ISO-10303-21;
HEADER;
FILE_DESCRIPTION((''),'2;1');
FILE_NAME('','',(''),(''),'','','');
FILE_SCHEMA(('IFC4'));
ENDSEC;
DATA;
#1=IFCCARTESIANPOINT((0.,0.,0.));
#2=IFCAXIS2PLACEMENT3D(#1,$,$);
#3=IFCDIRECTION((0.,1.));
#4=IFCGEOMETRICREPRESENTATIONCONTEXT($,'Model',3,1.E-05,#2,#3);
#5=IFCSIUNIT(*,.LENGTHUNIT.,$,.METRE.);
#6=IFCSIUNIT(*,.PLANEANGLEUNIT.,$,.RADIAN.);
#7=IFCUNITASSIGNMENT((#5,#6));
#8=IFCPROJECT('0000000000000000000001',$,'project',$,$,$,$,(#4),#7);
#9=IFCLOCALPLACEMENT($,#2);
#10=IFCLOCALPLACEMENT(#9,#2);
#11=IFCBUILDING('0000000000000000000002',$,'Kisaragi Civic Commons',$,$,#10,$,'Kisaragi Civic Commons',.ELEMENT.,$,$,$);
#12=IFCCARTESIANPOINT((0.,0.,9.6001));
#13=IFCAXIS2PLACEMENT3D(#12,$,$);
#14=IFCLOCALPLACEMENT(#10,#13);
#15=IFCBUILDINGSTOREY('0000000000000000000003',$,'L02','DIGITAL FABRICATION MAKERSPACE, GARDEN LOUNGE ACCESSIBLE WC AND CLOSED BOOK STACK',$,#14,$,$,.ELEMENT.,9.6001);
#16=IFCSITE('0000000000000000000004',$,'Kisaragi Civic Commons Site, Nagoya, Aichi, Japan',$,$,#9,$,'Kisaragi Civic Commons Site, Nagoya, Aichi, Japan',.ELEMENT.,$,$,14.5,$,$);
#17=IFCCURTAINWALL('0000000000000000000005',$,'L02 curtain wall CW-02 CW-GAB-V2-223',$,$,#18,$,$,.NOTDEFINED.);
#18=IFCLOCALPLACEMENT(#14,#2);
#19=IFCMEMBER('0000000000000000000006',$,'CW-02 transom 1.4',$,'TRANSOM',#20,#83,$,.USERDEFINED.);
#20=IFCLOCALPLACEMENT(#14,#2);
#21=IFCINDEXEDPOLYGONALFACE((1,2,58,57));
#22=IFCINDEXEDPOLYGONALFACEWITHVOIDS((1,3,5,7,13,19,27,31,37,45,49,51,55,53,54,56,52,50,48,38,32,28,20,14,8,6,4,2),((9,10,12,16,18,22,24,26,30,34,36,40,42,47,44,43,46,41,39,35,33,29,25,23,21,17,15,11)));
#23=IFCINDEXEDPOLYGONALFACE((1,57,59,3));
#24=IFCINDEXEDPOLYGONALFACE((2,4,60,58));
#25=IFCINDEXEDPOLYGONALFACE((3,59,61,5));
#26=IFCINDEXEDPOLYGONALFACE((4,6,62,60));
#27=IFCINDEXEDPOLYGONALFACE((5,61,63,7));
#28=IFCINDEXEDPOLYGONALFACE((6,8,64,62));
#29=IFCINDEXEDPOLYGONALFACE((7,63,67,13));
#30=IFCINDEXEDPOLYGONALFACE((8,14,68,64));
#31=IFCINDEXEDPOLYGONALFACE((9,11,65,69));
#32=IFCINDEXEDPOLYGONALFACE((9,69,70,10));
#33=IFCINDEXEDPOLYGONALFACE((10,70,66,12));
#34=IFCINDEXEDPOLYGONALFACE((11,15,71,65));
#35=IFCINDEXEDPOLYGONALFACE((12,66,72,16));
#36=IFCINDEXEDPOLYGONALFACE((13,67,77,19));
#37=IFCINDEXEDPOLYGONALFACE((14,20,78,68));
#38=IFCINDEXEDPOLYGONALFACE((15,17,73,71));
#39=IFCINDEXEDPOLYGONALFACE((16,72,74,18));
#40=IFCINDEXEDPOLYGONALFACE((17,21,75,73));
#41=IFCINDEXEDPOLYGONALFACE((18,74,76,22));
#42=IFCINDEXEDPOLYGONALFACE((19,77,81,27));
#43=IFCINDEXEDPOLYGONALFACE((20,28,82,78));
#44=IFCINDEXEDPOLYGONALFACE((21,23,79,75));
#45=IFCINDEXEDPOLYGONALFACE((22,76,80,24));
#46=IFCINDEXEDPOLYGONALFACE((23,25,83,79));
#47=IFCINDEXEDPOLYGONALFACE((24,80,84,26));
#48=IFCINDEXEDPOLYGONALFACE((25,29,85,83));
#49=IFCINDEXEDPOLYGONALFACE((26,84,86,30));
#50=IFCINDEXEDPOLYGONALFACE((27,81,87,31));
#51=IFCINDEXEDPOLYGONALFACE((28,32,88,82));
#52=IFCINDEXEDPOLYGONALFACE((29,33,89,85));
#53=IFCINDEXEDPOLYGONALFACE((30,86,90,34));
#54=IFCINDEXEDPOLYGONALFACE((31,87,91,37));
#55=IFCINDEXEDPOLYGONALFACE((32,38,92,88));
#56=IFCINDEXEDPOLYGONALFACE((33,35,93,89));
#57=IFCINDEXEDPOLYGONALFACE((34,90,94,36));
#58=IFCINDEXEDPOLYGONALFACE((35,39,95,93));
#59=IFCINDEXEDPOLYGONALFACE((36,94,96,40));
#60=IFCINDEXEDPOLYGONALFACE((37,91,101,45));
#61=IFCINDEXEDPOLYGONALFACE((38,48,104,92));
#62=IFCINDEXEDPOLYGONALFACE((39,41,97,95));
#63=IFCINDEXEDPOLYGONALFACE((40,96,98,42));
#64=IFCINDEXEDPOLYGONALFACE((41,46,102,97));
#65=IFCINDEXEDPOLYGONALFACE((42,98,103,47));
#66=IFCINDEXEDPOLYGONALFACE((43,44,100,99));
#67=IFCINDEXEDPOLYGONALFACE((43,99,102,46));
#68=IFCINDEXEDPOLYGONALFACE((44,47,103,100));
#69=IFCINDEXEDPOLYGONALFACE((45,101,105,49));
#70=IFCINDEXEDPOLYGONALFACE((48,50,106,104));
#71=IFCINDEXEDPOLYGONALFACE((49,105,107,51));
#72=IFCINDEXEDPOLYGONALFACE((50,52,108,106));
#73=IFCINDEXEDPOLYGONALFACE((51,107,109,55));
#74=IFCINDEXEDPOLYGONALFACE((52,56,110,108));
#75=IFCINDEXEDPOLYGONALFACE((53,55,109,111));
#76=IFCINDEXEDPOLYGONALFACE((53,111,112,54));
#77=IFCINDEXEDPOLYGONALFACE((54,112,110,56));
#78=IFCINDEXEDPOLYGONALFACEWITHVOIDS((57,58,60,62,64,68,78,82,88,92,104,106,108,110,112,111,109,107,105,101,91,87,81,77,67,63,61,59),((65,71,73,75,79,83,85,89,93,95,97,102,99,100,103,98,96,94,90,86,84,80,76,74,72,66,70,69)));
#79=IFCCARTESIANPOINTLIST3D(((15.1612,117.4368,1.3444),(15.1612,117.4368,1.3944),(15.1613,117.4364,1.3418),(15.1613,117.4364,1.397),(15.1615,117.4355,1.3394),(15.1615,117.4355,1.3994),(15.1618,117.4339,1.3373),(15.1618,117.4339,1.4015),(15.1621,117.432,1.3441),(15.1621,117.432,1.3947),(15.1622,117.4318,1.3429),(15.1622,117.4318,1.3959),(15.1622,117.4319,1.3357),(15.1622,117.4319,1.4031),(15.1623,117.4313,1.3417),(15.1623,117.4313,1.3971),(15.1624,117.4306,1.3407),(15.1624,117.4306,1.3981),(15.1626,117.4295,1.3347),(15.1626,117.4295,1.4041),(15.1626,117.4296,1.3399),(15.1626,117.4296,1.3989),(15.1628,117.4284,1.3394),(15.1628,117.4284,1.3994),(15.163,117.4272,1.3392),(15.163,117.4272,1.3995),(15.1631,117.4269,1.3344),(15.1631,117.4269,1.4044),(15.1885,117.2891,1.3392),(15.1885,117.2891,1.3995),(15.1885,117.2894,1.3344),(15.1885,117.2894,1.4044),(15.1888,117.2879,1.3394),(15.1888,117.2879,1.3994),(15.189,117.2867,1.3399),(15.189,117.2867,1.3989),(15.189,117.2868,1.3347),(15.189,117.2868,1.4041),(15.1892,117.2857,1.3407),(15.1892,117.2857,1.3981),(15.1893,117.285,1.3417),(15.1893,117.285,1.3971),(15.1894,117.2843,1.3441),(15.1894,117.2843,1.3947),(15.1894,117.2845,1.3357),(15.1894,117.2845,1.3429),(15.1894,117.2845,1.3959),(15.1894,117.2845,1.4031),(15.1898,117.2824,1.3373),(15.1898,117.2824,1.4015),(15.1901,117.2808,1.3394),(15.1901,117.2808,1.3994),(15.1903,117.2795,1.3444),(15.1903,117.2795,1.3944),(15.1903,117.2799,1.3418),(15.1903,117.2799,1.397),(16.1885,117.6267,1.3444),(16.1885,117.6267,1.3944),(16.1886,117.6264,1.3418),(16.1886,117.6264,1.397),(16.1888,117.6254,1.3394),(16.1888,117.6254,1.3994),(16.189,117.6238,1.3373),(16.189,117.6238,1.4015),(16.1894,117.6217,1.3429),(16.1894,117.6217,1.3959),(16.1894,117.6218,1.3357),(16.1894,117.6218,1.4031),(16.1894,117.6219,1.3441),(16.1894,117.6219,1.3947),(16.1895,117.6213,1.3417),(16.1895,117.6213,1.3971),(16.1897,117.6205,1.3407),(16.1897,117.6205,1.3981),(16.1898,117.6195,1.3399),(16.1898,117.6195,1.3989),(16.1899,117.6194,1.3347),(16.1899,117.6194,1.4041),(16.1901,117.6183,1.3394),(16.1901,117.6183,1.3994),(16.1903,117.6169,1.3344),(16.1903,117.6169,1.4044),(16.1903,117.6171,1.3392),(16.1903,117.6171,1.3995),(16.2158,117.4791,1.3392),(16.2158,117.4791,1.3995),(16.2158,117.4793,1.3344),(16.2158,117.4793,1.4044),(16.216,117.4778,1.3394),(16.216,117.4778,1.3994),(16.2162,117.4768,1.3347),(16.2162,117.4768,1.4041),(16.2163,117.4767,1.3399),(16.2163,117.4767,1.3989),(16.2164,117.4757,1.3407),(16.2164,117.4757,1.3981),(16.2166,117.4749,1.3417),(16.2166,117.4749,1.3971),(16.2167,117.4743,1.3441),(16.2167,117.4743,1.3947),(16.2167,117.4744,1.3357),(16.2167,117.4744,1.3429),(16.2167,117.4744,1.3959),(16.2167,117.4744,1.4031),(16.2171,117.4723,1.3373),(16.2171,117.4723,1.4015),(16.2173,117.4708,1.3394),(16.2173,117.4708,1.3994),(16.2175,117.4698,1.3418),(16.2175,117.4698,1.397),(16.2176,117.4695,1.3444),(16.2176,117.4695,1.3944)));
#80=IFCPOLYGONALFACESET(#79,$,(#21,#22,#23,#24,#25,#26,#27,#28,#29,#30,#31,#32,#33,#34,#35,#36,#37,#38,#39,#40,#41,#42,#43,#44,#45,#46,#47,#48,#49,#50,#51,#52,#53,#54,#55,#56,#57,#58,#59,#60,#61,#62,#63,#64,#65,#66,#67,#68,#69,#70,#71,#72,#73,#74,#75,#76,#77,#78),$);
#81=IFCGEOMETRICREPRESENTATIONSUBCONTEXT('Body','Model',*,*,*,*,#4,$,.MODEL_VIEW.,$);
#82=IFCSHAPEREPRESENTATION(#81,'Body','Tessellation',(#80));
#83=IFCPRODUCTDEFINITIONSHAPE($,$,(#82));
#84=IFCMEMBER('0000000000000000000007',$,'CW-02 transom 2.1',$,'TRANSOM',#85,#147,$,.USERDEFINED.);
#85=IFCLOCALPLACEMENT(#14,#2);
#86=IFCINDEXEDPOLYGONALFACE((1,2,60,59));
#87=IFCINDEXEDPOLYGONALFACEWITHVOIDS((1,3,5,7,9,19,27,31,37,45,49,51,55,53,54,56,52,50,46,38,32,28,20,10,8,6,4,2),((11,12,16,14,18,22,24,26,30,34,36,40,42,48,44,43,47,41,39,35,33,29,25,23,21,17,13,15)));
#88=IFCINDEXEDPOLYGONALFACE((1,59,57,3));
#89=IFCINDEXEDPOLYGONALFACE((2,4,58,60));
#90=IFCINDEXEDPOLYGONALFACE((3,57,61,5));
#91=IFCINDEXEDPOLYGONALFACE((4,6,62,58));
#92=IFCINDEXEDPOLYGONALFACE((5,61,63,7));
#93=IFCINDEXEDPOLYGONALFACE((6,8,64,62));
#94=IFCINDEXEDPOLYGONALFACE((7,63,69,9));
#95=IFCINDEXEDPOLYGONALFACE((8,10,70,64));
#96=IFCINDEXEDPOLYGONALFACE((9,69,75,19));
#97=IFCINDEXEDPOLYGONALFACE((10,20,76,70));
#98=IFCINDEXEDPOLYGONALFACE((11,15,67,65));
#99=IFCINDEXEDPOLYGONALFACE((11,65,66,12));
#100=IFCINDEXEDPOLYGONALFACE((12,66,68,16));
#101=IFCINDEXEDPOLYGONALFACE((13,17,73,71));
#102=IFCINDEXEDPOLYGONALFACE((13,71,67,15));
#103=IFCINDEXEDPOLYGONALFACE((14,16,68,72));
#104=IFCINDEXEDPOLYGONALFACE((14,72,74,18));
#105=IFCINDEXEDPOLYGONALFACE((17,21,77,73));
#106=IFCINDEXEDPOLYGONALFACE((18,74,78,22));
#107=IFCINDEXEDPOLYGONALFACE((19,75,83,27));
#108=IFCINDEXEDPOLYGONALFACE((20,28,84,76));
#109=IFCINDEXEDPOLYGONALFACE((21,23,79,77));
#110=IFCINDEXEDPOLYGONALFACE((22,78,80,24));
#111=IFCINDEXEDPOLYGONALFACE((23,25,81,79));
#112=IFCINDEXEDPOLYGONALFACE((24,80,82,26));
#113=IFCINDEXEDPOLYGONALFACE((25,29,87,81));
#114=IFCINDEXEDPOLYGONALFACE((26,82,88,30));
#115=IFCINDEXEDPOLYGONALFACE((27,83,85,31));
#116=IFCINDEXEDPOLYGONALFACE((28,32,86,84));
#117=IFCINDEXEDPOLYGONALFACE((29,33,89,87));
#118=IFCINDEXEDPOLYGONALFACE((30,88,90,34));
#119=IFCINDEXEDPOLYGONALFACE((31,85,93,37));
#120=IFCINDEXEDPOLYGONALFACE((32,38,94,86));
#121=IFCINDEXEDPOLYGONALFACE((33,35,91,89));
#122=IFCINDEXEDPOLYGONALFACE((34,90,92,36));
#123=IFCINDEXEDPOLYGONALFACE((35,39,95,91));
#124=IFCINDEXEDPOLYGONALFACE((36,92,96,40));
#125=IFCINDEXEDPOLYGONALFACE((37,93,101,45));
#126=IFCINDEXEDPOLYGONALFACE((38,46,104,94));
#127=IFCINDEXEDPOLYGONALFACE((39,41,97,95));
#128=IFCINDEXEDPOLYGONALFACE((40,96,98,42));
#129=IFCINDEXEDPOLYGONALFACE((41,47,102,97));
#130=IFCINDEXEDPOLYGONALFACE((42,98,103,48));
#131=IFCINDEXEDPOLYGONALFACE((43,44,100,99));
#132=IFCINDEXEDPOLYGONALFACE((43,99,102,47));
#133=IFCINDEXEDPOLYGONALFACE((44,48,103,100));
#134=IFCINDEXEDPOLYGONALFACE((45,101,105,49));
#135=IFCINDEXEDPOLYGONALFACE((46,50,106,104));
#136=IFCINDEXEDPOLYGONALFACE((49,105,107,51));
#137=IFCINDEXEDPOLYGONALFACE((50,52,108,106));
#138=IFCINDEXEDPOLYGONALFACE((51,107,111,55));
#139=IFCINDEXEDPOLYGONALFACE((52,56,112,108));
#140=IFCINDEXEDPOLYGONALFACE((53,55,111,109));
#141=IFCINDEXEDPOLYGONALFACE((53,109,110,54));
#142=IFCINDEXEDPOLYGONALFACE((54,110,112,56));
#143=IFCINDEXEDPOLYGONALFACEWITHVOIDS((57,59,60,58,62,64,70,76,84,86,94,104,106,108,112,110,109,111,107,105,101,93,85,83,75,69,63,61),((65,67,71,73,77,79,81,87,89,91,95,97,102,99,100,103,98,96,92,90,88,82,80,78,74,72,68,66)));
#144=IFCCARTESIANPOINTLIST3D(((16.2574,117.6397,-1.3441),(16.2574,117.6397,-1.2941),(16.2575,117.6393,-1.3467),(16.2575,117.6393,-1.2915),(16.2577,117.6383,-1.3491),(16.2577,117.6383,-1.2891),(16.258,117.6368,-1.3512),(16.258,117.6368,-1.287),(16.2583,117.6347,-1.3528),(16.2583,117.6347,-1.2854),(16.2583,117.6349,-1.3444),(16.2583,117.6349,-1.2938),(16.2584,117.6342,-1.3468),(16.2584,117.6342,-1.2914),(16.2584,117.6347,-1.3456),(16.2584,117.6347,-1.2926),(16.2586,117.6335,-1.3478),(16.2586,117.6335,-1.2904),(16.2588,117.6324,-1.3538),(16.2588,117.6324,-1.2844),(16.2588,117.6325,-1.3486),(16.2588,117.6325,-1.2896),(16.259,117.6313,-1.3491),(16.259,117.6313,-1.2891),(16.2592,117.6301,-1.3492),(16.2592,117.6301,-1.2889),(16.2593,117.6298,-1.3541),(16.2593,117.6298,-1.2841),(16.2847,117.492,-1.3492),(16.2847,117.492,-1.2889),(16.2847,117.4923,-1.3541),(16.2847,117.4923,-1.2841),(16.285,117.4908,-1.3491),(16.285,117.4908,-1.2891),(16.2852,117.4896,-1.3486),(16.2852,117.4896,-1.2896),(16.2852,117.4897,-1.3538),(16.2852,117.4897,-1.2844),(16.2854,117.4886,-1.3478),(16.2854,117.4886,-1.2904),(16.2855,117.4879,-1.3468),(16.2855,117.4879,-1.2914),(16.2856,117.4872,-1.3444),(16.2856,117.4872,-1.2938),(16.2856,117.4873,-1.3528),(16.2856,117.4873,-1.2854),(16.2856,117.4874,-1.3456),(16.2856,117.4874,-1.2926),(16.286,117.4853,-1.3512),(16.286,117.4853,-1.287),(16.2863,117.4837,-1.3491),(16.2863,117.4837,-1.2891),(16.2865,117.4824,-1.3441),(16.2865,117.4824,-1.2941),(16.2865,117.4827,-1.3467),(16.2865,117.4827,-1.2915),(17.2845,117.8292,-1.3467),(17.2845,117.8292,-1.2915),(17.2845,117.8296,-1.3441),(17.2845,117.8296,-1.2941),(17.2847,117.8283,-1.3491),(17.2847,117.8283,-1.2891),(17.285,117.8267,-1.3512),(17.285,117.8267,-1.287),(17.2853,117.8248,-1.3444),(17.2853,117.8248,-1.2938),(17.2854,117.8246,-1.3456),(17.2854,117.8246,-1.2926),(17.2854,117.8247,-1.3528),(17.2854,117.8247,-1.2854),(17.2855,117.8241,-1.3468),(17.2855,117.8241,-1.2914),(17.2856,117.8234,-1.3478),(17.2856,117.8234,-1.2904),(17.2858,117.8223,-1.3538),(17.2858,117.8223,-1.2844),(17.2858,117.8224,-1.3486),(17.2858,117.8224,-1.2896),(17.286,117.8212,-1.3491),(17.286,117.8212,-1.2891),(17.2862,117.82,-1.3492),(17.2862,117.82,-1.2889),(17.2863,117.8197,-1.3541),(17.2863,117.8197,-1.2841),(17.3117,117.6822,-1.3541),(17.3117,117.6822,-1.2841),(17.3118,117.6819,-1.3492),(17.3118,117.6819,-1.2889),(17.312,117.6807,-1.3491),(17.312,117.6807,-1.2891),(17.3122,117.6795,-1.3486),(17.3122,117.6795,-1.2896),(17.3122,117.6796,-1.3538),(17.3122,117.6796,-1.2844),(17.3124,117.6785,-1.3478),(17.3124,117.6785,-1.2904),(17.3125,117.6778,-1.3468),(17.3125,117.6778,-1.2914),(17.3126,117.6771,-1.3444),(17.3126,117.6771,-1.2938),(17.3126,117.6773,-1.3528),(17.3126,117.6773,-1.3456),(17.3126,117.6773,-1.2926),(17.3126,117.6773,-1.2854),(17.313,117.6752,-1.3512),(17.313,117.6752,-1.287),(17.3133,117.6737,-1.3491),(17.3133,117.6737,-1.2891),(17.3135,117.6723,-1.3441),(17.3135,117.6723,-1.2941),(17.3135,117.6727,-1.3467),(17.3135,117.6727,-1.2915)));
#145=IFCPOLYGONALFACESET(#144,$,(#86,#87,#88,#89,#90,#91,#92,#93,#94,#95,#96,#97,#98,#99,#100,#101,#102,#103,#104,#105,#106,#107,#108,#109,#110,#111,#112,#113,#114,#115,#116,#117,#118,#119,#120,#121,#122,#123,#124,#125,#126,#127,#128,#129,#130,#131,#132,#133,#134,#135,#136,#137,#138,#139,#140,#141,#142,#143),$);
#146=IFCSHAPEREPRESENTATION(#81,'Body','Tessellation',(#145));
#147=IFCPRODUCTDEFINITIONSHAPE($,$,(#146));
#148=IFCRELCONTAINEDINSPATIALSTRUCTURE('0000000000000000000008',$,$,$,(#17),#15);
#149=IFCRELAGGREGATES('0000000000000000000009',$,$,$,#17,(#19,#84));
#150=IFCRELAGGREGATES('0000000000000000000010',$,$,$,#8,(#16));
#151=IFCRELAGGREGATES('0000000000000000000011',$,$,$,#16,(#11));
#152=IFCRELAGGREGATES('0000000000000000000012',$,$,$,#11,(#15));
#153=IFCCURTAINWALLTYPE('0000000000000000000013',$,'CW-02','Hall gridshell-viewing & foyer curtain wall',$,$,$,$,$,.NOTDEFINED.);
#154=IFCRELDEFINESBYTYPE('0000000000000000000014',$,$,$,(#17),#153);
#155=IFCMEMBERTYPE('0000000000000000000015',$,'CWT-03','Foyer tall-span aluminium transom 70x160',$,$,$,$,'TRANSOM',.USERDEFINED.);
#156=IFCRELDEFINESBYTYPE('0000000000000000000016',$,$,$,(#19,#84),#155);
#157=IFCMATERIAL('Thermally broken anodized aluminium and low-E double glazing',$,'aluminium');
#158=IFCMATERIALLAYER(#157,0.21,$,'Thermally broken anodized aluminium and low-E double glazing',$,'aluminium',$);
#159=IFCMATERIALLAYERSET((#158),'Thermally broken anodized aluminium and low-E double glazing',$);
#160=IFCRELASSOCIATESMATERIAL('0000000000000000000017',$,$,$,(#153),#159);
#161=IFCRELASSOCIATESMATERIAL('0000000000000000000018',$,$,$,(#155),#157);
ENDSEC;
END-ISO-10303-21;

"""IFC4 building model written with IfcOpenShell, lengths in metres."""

from ifc_helpers import new_model, si_unit, direction, frame, origin, origin_2d, place, context, subcontext, project, spatial, hollow_rectangle, extrude, material, layer, layer_set, material_profile, profile_set, type_object, element, aggregate, save


model = new_model("IFC4")

# Units and contexts
model_context = context("Model", 3, precision=1e-05, world=origin(), true_north=direction((0.0, 1.0)))
body_context = subcontext(model_context, "Body", "Model", "MODEL_VIEW")
ifc_project = project(units=[si_unit("LENGTHUNIT", "METRE"), si_unit("PLANEANGLEUNIT", "RADIAN")], contexts=[model_context])

# Site, building, storey
site_placement = place(None, origin())
site = spatial("IfcSite", under=ifc_project, at=site_placement, Name="Kisaragi Civic Commons Site, Nagoya, Aichi, Japan", LongName="Kisaragi Civic Commons Site, Nagoya, Aichi, Japan", CompositionType="ELEMENT", RefElevation=14.5)
building_placement = place(site_placement, origin())
building = spatial("IfcBuilding", under=site, at=building_placement, Name="Kisaragi Civic Commons", LongName="Kisaragi Civic Commons", CompositionType="ELEMENT")
storey_placement = place(building_placement, frame((0.0, 0.0, 9.6001)))
storey = spatial("IfcBuildingStorey", under=building, at=storey_placement, Name="L02", Description="DIGITAL FABRICATION MAKERSPACE, GARDEN LOUNGE ACCESSIBLE WC AND CLOSED BOOK STACK", CompositionType="ELEMENT", Elevation=9.6001)

# Shared definitions
ifc_material_1 = material(Name="Thermally broken anodized aluminium and low-E double glazing", Category="aluminium")

# Curtain wall
ifc_layer_1 = layer(ifc_material_1, 0.21, Name="Thermally broken anodized aluminium and low-E double glazing", Category="aluminium")
ifc_layer_set_1 = layer_set([ifc_layer_1], Name="Thermally broken anodized aluminium and low-E double glazing")
curtain_wall_type_1 = type_object("IfcCurtainWallType", Name="CW-02", Description="Hall gridshell-viewing & foyer curtain wall", PredefinedType="NOTDEFINED", material=ifc_layer_set_1)
curtain_wall_1_placement = place(storey_placement, origin())
curtain_wall_1 = element("IfcCurtainWall", 1, at=curtain_wall_1_placement, inside=storey, type_object=curtain_wall_type_1, Name="L02 curtain wall CW-02 CW-GAB-V2-223", PredefinedType="NOTDEFINED")

# Members
ifc_material_profile_1 = material_profile(ifc_material_1, hollow_rectangle(XDim=0.1599, YDim=0.0701, WallThickness=0.0049, InnerFilletRadius=0.0049, OuterFilletRadius=0.01, at=origin_2d()), Name="CWT-70x160x5", Category="aluminium")
ifc_profile_set_1 = profile_set([ifc_material_profile_1], Name="Thermally broken anodized aluminium and low-E double glazing")
member_type_1 = type_object("IfcMemberType", Name="CWT-03", Description="Foyer tall-span aluminium transom 70x160", ElementType="TRANSOM", PredefinedType="USERDEFINED", material=ifc_profile_set_1)
member_1_placement = place(storey_placement, frame((15.1758, 117.3582, 1.3694), z_axis=(0.983335, 0.181805, 0.0), x_axis=(-0.181805, 0.983335, 0.0)))
member_1 = element("IfcMember", 2, at=member_1_placement, type_object=member_type_1, Name="CW-02 transom 1.4", ObjectType="TRANSOM", PredefinedType="USERDEFINED", context=body_context, shape_type="SweptSolid", body=[
    extrude(hollow_rectangle(XDim=0.1599, YDim=0.0701, WallThickness=0.0049, InnerFilletRadius=0.0049, OuterFilletRadius=0.01, at=origin_2d()), origin(), (0.0, 0.0, 1.0), 1.0447),
])
member_2_placement = place(storey_placement, frame((16.272, 117.561, -1.3191), z_axis=(0.983327, 0.181847, 0.0), x_axis=(-0.181847, 0.983327, 0.0)))
member_2 = element("IfcMember", 3, at=member_2_placement, type_object=member_type_1, Name="CW-02 transom 2.1", ObjectType="TRANSOM", PredefinedType="USERDEFINED", context=body_context, shape_type="SweptSolid", body=[
    extrude(hollow_rectangle(XDim=0.1599, YDim=0.0701, WallThickness=0.0049, InnerFilletRadius=0.0049, OuterFilletRadius=0.01, at=origin_2d()), origin(), (0.0, 0.0, 1.0), 1.0444),
])

aggregate(curtain_wall_1, [member_1, member_2])

save(model, "model.ifc")
